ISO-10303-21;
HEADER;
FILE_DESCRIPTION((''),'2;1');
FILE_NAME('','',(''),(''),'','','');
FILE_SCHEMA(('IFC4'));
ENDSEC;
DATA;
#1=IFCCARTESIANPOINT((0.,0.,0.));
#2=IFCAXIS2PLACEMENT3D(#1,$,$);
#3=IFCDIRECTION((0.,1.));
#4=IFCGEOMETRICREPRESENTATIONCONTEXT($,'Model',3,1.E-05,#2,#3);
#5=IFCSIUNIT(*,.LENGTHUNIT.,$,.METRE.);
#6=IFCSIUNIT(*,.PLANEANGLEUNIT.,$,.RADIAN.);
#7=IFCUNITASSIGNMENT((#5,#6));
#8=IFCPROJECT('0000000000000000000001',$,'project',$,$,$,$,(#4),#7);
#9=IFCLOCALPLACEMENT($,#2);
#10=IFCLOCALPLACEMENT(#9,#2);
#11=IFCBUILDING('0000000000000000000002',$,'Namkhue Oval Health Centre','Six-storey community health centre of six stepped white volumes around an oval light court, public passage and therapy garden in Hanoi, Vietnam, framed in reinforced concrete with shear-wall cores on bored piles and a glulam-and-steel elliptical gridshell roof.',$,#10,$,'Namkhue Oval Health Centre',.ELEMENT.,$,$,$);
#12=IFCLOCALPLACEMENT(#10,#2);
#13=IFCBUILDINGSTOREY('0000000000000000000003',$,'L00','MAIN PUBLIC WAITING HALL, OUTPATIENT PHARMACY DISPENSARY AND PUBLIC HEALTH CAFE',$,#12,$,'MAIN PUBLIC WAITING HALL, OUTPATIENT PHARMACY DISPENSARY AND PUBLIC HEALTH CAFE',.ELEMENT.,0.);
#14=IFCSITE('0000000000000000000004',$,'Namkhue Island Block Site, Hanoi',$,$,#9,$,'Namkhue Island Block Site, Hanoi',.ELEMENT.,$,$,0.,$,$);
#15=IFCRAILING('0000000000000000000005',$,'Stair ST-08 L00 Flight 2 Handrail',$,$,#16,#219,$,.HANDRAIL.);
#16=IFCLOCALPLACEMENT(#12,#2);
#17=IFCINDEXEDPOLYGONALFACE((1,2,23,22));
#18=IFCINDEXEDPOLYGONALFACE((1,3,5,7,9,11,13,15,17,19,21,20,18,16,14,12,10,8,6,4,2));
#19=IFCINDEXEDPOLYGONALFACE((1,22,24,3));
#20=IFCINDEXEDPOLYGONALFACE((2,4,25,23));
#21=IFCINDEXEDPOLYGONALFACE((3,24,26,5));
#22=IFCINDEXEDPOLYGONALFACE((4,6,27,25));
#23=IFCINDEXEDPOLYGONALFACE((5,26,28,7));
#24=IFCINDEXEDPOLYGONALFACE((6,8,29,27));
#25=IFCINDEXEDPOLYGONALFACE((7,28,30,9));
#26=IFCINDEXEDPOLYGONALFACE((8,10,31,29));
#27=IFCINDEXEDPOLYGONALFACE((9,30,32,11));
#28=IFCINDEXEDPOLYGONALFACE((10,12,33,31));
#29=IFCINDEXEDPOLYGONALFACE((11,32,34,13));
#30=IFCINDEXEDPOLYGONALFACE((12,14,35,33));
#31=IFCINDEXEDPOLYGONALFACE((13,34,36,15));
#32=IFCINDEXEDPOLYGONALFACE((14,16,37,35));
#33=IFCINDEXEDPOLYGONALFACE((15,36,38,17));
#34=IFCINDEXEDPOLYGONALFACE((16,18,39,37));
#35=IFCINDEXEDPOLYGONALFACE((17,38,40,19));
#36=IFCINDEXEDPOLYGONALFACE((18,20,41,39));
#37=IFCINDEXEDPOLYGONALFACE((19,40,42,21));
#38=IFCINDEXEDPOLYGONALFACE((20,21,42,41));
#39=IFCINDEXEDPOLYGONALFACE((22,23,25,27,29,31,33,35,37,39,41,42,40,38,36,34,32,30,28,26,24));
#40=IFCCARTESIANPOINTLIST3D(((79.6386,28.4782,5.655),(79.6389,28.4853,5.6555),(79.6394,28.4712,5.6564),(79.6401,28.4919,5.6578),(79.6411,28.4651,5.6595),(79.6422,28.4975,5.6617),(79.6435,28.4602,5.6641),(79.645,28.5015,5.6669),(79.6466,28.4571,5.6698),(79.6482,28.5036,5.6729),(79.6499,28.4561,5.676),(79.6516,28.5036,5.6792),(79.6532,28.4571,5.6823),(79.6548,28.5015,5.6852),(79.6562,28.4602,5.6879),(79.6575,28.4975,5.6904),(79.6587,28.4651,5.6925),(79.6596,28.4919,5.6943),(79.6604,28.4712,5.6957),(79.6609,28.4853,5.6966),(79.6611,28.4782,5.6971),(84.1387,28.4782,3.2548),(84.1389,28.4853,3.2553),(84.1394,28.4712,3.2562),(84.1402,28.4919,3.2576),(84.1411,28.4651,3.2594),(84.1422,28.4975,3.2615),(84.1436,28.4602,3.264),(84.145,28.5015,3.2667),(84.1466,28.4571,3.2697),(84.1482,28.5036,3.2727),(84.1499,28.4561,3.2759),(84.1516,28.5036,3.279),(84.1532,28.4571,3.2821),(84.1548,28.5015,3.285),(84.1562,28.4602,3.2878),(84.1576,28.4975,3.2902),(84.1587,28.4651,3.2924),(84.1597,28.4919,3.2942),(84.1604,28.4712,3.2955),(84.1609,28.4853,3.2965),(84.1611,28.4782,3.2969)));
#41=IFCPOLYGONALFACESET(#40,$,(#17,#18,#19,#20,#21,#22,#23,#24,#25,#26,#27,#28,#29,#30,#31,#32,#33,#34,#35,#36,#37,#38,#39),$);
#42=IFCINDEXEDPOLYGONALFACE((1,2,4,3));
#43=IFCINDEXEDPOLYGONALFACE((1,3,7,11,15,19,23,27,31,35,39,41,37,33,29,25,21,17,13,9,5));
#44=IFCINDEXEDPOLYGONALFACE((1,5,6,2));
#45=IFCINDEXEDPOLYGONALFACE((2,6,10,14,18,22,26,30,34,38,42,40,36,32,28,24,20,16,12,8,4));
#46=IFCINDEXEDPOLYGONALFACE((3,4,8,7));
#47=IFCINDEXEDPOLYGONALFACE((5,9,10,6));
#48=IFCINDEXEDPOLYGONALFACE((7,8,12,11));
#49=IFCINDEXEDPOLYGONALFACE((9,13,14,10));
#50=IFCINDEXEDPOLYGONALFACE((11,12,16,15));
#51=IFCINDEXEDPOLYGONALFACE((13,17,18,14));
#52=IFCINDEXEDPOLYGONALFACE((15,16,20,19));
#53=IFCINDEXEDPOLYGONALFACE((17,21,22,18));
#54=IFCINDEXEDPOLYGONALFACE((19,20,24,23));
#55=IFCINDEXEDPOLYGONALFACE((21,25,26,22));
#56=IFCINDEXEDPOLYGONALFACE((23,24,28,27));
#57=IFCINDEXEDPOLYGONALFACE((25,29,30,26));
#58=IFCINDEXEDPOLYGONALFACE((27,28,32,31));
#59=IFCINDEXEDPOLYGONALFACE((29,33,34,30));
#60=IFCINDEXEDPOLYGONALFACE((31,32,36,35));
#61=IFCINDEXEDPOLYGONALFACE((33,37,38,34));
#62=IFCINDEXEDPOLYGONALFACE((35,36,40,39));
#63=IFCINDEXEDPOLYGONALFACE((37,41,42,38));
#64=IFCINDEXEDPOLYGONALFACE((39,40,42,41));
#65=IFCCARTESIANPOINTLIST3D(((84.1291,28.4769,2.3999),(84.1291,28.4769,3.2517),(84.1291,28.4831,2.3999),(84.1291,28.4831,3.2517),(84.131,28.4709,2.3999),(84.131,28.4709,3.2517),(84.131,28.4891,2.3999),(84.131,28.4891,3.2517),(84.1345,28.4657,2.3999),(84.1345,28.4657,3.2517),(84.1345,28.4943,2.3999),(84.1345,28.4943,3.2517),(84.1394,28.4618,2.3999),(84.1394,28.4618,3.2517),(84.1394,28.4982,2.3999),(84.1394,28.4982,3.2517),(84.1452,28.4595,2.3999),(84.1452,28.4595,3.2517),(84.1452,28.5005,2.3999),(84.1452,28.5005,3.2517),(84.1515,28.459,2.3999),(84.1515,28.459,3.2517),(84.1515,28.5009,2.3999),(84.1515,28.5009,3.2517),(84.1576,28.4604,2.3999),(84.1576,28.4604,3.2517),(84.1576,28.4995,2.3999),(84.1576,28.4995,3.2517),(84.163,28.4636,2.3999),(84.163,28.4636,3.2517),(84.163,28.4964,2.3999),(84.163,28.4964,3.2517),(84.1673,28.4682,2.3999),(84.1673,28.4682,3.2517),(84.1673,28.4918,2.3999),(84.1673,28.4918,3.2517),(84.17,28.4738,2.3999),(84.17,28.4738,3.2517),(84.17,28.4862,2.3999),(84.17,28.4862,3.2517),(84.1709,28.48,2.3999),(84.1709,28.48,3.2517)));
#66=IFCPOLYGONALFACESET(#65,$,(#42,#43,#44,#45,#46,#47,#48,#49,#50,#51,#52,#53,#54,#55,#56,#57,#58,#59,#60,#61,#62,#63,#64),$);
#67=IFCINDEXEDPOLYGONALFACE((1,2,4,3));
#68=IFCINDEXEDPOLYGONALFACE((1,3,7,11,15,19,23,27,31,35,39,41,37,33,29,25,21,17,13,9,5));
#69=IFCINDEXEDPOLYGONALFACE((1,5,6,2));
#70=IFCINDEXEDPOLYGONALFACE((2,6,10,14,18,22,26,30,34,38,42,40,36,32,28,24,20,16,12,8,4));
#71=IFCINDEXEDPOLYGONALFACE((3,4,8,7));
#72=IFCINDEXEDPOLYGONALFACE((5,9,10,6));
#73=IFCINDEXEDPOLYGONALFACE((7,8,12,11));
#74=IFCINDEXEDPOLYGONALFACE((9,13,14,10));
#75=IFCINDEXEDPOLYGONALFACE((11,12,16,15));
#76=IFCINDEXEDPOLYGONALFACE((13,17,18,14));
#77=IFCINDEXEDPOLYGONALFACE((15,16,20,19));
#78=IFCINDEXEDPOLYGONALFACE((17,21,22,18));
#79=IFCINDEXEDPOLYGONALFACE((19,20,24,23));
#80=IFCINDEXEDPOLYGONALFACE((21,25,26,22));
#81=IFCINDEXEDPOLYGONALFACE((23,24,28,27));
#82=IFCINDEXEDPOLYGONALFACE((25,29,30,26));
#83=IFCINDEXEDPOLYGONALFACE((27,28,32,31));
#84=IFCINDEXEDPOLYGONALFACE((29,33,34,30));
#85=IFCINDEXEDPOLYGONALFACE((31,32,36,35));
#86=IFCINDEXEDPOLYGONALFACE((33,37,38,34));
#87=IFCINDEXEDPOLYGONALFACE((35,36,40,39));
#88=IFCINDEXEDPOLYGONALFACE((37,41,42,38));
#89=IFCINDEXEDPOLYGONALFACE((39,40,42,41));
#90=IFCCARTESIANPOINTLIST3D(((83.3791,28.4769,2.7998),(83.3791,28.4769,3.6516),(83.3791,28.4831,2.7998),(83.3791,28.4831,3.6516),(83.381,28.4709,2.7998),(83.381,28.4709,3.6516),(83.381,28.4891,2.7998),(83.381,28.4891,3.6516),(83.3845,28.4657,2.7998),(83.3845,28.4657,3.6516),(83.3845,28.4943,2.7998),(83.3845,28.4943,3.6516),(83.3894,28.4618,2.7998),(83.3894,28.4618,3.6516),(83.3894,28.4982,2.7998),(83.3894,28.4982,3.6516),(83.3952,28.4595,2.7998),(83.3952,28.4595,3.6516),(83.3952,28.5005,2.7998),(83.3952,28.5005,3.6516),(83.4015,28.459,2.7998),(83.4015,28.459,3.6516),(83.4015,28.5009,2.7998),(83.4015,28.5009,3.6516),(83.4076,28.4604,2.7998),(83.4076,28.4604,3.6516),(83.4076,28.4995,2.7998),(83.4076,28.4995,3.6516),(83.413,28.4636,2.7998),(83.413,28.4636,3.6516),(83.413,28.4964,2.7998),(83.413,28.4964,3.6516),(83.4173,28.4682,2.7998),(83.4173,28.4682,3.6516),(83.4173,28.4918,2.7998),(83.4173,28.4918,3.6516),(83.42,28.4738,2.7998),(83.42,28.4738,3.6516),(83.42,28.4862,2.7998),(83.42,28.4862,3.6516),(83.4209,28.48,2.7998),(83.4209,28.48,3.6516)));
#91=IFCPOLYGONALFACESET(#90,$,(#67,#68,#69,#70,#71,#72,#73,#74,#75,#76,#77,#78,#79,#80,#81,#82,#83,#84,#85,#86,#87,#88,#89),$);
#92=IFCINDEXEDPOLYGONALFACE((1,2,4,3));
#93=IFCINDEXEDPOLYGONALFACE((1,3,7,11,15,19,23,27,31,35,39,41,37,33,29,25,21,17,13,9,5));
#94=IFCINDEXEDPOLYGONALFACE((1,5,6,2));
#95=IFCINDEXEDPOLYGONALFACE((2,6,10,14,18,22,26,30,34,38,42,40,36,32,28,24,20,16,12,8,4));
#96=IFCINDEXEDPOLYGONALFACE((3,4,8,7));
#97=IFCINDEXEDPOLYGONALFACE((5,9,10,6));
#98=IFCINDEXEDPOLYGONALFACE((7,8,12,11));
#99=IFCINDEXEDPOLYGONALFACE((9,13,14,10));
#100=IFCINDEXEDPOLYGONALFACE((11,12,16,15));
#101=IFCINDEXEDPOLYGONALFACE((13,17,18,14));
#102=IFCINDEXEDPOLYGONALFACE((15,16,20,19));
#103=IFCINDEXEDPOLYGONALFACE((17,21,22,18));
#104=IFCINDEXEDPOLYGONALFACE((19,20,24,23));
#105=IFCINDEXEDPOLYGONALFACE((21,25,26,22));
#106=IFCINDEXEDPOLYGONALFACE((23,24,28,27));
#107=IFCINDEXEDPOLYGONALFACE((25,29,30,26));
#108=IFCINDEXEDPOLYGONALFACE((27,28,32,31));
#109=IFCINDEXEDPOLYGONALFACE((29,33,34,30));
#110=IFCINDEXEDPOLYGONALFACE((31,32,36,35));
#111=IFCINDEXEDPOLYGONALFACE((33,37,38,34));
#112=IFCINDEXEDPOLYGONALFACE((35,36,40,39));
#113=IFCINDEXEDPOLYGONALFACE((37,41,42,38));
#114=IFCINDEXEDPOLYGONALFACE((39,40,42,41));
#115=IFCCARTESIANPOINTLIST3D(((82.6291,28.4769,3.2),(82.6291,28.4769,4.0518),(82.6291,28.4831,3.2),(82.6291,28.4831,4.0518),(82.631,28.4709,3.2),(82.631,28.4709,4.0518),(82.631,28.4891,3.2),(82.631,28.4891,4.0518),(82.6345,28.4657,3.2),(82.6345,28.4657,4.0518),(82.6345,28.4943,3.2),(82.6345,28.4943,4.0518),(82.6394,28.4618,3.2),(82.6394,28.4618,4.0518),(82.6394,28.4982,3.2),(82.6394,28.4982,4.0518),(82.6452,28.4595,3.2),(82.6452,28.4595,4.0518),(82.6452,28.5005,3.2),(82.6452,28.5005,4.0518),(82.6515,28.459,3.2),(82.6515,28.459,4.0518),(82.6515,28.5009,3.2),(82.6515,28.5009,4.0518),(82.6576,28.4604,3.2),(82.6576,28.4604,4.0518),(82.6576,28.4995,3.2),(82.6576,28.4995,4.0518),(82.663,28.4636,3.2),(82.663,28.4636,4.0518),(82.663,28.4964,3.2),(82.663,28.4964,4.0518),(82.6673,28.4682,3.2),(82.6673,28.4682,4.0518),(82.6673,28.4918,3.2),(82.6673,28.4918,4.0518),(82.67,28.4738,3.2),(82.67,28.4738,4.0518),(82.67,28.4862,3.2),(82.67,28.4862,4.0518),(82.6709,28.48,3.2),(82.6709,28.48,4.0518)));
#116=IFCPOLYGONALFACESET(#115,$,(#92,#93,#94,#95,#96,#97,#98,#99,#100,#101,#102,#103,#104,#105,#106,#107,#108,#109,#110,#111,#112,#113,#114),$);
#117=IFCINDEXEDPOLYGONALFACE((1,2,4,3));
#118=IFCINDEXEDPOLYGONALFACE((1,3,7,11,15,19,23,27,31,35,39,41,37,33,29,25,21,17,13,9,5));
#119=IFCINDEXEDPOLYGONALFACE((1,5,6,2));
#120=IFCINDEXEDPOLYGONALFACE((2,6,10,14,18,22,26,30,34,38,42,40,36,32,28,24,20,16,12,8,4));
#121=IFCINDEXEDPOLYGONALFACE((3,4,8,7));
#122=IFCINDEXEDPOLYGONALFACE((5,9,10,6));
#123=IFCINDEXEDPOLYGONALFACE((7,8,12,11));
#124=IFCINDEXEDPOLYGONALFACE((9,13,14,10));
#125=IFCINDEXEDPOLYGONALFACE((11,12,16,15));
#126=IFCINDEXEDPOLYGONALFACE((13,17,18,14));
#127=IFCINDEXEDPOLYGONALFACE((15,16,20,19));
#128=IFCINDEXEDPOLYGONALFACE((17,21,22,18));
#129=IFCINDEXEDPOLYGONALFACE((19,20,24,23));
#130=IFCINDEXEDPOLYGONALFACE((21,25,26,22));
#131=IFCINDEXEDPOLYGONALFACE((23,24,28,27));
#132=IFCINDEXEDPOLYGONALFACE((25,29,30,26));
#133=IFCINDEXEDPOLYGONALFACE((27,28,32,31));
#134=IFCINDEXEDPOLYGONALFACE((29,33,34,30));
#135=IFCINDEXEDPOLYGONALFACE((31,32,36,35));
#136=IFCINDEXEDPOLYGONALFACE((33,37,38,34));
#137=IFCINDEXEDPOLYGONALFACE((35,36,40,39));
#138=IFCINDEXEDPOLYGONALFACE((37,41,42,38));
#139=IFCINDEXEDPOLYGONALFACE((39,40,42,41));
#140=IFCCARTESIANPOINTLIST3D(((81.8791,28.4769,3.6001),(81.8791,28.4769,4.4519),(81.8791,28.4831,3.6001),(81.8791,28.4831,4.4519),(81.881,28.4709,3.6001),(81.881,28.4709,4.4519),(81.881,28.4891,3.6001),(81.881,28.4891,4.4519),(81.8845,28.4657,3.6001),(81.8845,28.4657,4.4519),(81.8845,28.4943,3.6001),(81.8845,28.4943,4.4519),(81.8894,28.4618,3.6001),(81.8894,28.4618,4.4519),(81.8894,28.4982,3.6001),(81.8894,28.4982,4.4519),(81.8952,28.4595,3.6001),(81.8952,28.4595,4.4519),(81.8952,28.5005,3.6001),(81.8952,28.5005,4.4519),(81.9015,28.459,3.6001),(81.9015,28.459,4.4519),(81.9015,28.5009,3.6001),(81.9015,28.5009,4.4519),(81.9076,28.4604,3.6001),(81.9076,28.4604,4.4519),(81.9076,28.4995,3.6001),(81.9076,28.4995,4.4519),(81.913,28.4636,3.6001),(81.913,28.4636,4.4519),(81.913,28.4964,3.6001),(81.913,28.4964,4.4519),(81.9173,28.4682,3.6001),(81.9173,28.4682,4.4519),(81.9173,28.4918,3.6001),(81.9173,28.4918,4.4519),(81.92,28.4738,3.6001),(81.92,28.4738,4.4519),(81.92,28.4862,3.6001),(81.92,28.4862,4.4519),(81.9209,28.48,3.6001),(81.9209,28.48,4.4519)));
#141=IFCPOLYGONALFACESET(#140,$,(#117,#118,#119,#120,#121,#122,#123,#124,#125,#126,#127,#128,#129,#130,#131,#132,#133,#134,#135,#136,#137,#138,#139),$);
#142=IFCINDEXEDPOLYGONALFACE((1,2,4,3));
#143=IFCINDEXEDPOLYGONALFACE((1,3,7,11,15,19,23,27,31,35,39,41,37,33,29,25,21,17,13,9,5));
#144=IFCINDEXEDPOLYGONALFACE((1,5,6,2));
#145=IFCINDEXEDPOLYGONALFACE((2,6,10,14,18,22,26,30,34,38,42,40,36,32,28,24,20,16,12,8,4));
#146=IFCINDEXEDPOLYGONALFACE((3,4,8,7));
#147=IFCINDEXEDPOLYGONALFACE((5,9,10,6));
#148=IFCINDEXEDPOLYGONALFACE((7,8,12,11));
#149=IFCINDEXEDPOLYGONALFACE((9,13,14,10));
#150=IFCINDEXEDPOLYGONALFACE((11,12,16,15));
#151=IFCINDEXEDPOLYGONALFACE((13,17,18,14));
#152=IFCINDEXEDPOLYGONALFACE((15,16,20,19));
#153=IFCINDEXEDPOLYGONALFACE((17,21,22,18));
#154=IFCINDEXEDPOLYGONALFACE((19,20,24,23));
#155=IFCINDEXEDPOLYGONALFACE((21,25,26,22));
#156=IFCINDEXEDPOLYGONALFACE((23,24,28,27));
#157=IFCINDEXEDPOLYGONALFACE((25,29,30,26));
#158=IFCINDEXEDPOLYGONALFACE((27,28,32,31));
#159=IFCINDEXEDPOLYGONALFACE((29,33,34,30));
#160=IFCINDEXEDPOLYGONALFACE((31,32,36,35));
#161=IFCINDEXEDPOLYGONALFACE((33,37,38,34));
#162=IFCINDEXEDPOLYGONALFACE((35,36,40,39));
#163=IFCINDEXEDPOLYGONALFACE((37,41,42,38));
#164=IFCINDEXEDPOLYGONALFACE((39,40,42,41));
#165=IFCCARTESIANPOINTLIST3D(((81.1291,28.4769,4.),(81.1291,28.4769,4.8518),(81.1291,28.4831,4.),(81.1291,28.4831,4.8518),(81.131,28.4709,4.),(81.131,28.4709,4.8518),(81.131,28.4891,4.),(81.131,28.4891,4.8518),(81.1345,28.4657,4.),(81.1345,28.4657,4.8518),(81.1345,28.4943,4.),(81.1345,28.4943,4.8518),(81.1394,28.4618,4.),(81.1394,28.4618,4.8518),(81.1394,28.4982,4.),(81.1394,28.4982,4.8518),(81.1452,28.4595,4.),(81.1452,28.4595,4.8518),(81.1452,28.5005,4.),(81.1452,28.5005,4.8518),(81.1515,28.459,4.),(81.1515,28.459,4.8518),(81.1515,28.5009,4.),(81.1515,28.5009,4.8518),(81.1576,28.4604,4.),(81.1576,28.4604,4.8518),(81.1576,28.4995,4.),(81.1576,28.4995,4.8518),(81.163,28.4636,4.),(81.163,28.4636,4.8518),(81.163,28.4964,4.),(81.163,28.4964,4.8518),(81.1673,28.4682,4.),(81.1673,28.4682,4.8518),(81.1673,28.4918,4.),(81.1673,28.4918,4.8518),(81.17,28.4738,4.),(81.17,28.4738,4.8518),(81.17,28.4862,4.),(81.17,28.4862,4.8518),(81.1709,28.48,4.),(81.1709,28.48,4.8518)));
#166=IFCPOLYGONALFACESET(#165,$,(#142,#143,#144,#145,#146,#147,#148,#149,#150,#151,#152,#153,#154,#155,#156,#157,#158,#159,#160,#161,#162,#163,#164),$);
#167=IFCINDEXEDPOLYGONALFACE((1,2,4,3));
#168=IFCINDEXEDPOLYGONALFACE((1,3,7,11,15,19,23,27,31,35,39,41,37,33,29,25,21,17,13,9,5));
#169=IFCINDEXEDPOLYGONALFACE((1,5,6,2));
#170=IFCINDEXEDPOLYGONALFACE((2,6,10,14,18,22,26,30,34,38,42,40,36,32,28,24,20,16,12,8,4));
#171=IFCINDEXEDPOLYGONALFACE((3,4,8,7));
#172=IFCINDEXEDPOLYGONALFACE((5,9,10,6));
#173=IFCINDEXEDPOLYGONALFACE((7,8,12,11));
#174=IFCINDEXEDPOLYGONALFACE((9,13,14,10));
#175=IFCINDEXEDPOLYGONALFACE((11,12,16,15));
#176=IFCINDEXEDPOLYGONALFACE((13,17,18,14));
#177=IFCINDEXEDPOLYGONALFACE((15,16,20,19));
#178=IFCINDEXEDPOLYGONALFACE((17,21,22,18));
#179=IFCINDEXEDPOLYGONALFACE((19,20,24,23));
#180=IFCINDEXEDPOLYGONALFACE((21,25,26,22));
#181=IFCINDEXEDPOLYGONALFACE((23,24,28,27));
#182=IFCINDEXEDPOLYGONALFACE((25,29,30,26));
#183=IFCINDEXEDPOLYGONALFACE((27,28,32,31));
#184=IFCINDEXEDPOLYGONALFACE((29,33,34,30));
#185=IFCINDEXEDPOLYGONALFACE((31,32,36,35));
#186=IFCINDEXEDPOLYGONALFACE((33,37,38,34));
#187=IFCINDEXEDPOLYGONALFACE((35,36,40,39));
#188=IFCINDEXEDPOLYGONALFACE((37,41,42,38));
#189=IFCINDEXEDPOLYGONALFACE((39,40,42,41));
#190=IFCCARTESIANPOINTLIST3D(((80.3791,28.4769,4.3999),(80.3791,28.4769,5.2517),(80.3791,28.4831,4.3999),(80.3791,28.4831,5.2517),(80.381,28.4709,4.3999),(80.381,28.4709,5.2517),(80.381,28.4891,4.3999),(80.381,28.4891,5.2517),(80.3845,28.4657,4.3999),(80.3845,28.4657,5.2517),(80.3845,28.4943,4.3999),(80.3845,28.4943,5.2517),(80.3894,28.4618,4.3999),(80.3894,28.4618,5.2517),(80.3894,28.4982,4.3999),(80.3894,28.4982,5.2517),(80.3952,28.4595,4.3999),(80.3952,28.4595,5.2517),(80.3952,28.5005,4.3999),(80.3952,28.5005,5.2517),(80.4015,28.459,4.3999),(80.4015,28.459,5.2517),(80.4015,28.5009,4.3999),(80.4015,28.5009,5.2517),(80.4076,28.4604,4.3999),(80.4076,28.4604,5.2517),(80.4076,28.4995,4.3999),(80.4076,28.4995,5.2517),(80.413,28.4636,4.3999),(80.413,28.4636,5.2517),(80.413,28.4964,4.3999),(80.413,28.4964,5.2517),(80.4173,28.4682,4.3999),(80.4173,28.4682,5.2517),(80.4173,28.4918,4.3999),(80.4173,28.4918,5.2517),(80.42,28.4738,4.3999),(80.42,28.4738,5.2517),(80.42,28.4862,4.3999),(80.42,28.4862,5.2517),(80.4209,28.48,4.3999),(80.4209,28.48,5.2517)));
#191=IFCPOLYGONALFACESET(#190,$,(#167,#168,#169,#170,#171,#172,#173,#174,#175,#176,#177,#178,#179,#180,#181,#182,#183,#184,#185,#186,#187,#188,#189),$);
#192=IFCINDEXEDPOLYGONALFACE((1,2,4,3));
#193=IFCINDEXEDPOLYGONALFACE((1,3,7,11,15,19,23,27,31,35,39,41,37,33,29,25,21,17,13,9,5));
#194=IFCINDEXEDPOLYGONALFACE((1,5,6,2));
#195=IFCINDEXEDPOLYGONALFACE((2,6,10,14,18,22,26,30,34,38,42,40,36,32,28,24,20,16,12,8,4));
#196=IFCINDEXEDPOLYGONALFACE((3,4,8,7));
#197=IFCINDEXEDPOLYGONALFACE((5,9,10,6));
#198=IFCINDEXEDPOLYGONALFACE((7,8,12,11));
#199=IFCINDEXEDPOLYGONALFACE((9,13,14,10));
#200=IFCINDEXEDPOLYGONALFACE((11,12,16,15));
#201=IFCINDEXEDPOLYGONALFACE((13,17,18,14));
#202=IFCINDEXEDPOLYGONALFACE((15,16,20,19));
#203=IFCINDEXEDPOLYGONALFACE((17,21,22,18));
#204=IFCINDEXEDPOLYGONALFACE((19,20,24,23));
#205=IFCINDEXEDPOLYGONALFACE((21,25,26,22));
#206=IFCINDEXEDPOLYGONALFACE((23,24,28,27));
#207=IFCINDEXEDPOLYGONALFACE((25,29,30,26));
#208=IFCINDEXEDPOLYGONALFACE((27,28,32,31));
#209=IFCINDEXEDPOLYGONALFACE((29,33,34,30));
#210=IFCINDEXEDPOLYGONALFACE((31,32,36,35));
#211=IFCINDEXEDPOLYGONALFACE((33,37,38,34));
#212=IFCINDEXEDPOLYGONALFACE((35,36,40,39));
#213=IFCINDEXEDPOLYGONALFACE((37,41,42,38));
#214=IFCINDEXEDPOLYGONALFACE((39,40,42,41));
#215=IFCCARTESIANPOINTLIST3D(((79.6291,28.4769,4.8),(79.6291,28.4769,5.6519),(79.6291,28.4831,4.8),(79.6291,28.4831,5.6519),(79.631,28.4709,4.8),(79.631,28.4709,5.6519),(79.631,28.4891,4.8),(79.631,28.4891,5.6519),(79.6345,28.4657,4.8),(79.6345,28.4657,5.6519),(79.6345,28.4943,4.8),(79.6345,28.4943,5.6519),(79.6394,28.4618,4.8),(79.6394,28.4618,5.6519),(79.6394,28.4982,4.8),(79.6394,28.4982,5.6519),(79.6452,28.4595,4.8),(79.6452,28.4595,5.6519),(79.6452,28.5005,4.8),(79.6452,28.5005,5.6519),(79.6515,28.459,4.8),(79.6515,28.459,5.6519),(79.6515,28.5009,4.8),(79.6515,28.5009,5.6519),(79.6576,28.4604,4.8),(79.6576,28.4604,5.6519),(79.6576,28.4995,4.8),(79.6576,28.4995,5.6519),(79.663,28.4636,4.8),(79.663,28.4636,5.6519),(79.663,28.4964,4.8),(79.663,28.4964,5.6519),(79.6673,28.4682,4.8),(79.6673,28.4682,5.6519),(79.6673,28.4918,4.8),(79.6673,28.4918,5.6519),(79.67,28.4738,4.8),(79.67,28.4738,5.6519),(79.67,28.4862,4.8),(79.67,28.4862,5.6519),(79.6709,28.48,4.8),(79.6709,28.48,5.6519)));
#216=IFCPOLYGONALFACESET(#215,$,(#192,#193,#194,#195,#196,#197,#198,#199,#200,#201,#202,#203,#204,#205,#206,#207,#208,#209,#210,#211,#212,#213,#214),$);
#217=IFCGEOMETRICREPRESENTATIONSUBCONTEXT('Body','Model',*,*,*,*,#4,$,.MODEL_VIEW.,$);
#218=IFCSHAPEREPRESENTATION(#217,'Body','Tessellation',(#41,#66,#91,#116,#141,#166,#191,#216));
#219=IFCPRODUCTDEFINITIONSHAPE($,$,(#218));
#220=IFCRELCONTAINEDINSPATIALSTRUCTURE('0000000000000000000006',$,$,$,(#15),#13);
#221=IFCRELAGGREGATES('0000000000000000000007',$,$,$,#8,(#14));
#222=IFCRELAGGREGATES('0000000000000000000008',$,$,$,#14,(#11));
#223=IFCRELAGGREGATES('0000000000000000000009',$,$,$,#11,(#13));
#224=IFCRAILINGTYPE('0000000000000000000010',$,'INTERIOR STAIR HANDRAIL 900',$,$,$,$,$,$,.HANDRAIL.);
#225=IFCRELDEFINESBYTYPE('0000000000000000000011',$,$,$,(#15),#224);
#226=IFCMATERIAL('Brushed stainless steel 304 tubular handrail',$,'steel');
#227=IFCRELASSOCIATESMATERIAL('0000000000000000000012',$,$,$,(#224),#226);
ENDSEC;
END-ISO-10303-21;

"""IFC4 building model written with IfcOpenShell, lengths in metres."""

from ifc_helpers import new_model, si_unit, direction, frame, origin, origin_2d, place, context, subcontext, project, spatial, circle, extrude, material, type_object, element, save


model = new_model("IFC4")

# Units and contexts
model_context = context("Model", 3, precision=1e-05, world=origin(), true_north=direction((0.0, 1.0)))
body_context = subcontext(model_context, "Body", "Model", "MODEL_VIEW")
ifc_project = project(units=[si_unit("LENGTHUNIT", "METRE"), si_unit("PLANEANGLEUNIT", "RADIAN")], contexts=[model_context])

# Site, building, storey
site_placement = place(None, origin())
site = spatial("IfcSite", under=ifc_project, at=site_placement, Name="Namkhue Island Block Site, Hanoi", LongName="Namkhue Island Block Site, Hanoi", CompositionType="ELEMENT", RefElevation=0.0)
building_placement = place(site_placement, origin())
building = spatial("IfcBuilding", under=site, at=building_placement, Name="Namkhue Oval Health Centre", Description="Six-storey community health centre of six stepped white volumes around an oval light court, public passage and therapy garden in Hanoi, Vietnam, framed in reinforced concrete with shear-wall cores on bored piles and a glulam-and-steel elliptical gridshell roof.", LongName="Namkhue Oval Health Centre", CompositionType="ELEMENT")
storey_placement = place(building_placement, origin())
storey = spatial("IfcBuildingStorey", under=building, at=storey_placement, Name="L00", Description="MAIN PUBLIC WAITING HALL, OUTPATIENT PHARMACY DISPENSARY AND PUBLIC HEALTH CAFE", LongName="MAIN PUBLIC WAITING HALL, OUTPATIENT PHARMACY DISPENSARY AND PUBLIC HEALTH CAFE", CompositionType="ELEMENT", Elevation=0.0)

# Railing
ifc_material_1 = material(Name="Brushed stainless steel 304 tubular handrail", Category="steel")
railing_type_1 = type_object("IfcRailingType", Name="INTERIOR STAIR HANDRAIL 900", PredefinedType="HANDRAIL", material=ifc_material_1)
railing_1_placement = place(storey_placement, frame((84.1499, 28.48, 2.3999)))
element("IfcRailing", 1, at=railing_1_placement, inside=storey, type_object=railing_type_1, Name="Stair ST-08 L00 Flight 2 Handrail", PredefinedType="HANDRAIL", context=body_context, shape_type="SweptSolid", body=[
    extrude(circle(Radius=0.0239, at=origin_2d()), frame((0.0, 0.0, 0.876), z_axis=(-0.882341, 0.0, 0.470611), x_axis=(0.0, -1.0, 0.0)), (0.0, 0.0, 1.0), 5.1001),
    extrude(circle(Radius=0.021, at=origin_2d()), origin(), (0.0, 0.0, 1.0), 0.8518),
    extrude(circle(Radius=0.021, at=origin_2d()), frame((-0.75, 0.0, 0.3999)), (0.0, 0.0, 1.0), 0.8518),
    extrude(circle(Radius=0.021, at=origin_2d()), frame((-1.5, 0.0, 0.8)), (0.0, 0.0, 1.0), 0.8518),
    extrude(circle(Radius=0.021, at=origin_2d()), frame((-2.25, 0.0, 1.2002)), (0.0, 0.0, 1.0), 0.8518),
    extrude(circle(Radius=0.021, at=origin_2d()), frame((-3.0, 0.0, 1.6001)), (0.0, 0.0, 1.0), 0.8518),
    extrude(circle(Radius=0.021, at=origin_2d()), frame((-3.75, 0.0, 2.0)), (0.0, 0.0, 1.0), 0.8518),
    extrude(circle(Radius=0.021, at=origin_2d()), frame((-4.5, 0.0, 2.4001)), (0.0, 0.0, 1.0), 0.8518),
])

save(model, "model.ifc")
